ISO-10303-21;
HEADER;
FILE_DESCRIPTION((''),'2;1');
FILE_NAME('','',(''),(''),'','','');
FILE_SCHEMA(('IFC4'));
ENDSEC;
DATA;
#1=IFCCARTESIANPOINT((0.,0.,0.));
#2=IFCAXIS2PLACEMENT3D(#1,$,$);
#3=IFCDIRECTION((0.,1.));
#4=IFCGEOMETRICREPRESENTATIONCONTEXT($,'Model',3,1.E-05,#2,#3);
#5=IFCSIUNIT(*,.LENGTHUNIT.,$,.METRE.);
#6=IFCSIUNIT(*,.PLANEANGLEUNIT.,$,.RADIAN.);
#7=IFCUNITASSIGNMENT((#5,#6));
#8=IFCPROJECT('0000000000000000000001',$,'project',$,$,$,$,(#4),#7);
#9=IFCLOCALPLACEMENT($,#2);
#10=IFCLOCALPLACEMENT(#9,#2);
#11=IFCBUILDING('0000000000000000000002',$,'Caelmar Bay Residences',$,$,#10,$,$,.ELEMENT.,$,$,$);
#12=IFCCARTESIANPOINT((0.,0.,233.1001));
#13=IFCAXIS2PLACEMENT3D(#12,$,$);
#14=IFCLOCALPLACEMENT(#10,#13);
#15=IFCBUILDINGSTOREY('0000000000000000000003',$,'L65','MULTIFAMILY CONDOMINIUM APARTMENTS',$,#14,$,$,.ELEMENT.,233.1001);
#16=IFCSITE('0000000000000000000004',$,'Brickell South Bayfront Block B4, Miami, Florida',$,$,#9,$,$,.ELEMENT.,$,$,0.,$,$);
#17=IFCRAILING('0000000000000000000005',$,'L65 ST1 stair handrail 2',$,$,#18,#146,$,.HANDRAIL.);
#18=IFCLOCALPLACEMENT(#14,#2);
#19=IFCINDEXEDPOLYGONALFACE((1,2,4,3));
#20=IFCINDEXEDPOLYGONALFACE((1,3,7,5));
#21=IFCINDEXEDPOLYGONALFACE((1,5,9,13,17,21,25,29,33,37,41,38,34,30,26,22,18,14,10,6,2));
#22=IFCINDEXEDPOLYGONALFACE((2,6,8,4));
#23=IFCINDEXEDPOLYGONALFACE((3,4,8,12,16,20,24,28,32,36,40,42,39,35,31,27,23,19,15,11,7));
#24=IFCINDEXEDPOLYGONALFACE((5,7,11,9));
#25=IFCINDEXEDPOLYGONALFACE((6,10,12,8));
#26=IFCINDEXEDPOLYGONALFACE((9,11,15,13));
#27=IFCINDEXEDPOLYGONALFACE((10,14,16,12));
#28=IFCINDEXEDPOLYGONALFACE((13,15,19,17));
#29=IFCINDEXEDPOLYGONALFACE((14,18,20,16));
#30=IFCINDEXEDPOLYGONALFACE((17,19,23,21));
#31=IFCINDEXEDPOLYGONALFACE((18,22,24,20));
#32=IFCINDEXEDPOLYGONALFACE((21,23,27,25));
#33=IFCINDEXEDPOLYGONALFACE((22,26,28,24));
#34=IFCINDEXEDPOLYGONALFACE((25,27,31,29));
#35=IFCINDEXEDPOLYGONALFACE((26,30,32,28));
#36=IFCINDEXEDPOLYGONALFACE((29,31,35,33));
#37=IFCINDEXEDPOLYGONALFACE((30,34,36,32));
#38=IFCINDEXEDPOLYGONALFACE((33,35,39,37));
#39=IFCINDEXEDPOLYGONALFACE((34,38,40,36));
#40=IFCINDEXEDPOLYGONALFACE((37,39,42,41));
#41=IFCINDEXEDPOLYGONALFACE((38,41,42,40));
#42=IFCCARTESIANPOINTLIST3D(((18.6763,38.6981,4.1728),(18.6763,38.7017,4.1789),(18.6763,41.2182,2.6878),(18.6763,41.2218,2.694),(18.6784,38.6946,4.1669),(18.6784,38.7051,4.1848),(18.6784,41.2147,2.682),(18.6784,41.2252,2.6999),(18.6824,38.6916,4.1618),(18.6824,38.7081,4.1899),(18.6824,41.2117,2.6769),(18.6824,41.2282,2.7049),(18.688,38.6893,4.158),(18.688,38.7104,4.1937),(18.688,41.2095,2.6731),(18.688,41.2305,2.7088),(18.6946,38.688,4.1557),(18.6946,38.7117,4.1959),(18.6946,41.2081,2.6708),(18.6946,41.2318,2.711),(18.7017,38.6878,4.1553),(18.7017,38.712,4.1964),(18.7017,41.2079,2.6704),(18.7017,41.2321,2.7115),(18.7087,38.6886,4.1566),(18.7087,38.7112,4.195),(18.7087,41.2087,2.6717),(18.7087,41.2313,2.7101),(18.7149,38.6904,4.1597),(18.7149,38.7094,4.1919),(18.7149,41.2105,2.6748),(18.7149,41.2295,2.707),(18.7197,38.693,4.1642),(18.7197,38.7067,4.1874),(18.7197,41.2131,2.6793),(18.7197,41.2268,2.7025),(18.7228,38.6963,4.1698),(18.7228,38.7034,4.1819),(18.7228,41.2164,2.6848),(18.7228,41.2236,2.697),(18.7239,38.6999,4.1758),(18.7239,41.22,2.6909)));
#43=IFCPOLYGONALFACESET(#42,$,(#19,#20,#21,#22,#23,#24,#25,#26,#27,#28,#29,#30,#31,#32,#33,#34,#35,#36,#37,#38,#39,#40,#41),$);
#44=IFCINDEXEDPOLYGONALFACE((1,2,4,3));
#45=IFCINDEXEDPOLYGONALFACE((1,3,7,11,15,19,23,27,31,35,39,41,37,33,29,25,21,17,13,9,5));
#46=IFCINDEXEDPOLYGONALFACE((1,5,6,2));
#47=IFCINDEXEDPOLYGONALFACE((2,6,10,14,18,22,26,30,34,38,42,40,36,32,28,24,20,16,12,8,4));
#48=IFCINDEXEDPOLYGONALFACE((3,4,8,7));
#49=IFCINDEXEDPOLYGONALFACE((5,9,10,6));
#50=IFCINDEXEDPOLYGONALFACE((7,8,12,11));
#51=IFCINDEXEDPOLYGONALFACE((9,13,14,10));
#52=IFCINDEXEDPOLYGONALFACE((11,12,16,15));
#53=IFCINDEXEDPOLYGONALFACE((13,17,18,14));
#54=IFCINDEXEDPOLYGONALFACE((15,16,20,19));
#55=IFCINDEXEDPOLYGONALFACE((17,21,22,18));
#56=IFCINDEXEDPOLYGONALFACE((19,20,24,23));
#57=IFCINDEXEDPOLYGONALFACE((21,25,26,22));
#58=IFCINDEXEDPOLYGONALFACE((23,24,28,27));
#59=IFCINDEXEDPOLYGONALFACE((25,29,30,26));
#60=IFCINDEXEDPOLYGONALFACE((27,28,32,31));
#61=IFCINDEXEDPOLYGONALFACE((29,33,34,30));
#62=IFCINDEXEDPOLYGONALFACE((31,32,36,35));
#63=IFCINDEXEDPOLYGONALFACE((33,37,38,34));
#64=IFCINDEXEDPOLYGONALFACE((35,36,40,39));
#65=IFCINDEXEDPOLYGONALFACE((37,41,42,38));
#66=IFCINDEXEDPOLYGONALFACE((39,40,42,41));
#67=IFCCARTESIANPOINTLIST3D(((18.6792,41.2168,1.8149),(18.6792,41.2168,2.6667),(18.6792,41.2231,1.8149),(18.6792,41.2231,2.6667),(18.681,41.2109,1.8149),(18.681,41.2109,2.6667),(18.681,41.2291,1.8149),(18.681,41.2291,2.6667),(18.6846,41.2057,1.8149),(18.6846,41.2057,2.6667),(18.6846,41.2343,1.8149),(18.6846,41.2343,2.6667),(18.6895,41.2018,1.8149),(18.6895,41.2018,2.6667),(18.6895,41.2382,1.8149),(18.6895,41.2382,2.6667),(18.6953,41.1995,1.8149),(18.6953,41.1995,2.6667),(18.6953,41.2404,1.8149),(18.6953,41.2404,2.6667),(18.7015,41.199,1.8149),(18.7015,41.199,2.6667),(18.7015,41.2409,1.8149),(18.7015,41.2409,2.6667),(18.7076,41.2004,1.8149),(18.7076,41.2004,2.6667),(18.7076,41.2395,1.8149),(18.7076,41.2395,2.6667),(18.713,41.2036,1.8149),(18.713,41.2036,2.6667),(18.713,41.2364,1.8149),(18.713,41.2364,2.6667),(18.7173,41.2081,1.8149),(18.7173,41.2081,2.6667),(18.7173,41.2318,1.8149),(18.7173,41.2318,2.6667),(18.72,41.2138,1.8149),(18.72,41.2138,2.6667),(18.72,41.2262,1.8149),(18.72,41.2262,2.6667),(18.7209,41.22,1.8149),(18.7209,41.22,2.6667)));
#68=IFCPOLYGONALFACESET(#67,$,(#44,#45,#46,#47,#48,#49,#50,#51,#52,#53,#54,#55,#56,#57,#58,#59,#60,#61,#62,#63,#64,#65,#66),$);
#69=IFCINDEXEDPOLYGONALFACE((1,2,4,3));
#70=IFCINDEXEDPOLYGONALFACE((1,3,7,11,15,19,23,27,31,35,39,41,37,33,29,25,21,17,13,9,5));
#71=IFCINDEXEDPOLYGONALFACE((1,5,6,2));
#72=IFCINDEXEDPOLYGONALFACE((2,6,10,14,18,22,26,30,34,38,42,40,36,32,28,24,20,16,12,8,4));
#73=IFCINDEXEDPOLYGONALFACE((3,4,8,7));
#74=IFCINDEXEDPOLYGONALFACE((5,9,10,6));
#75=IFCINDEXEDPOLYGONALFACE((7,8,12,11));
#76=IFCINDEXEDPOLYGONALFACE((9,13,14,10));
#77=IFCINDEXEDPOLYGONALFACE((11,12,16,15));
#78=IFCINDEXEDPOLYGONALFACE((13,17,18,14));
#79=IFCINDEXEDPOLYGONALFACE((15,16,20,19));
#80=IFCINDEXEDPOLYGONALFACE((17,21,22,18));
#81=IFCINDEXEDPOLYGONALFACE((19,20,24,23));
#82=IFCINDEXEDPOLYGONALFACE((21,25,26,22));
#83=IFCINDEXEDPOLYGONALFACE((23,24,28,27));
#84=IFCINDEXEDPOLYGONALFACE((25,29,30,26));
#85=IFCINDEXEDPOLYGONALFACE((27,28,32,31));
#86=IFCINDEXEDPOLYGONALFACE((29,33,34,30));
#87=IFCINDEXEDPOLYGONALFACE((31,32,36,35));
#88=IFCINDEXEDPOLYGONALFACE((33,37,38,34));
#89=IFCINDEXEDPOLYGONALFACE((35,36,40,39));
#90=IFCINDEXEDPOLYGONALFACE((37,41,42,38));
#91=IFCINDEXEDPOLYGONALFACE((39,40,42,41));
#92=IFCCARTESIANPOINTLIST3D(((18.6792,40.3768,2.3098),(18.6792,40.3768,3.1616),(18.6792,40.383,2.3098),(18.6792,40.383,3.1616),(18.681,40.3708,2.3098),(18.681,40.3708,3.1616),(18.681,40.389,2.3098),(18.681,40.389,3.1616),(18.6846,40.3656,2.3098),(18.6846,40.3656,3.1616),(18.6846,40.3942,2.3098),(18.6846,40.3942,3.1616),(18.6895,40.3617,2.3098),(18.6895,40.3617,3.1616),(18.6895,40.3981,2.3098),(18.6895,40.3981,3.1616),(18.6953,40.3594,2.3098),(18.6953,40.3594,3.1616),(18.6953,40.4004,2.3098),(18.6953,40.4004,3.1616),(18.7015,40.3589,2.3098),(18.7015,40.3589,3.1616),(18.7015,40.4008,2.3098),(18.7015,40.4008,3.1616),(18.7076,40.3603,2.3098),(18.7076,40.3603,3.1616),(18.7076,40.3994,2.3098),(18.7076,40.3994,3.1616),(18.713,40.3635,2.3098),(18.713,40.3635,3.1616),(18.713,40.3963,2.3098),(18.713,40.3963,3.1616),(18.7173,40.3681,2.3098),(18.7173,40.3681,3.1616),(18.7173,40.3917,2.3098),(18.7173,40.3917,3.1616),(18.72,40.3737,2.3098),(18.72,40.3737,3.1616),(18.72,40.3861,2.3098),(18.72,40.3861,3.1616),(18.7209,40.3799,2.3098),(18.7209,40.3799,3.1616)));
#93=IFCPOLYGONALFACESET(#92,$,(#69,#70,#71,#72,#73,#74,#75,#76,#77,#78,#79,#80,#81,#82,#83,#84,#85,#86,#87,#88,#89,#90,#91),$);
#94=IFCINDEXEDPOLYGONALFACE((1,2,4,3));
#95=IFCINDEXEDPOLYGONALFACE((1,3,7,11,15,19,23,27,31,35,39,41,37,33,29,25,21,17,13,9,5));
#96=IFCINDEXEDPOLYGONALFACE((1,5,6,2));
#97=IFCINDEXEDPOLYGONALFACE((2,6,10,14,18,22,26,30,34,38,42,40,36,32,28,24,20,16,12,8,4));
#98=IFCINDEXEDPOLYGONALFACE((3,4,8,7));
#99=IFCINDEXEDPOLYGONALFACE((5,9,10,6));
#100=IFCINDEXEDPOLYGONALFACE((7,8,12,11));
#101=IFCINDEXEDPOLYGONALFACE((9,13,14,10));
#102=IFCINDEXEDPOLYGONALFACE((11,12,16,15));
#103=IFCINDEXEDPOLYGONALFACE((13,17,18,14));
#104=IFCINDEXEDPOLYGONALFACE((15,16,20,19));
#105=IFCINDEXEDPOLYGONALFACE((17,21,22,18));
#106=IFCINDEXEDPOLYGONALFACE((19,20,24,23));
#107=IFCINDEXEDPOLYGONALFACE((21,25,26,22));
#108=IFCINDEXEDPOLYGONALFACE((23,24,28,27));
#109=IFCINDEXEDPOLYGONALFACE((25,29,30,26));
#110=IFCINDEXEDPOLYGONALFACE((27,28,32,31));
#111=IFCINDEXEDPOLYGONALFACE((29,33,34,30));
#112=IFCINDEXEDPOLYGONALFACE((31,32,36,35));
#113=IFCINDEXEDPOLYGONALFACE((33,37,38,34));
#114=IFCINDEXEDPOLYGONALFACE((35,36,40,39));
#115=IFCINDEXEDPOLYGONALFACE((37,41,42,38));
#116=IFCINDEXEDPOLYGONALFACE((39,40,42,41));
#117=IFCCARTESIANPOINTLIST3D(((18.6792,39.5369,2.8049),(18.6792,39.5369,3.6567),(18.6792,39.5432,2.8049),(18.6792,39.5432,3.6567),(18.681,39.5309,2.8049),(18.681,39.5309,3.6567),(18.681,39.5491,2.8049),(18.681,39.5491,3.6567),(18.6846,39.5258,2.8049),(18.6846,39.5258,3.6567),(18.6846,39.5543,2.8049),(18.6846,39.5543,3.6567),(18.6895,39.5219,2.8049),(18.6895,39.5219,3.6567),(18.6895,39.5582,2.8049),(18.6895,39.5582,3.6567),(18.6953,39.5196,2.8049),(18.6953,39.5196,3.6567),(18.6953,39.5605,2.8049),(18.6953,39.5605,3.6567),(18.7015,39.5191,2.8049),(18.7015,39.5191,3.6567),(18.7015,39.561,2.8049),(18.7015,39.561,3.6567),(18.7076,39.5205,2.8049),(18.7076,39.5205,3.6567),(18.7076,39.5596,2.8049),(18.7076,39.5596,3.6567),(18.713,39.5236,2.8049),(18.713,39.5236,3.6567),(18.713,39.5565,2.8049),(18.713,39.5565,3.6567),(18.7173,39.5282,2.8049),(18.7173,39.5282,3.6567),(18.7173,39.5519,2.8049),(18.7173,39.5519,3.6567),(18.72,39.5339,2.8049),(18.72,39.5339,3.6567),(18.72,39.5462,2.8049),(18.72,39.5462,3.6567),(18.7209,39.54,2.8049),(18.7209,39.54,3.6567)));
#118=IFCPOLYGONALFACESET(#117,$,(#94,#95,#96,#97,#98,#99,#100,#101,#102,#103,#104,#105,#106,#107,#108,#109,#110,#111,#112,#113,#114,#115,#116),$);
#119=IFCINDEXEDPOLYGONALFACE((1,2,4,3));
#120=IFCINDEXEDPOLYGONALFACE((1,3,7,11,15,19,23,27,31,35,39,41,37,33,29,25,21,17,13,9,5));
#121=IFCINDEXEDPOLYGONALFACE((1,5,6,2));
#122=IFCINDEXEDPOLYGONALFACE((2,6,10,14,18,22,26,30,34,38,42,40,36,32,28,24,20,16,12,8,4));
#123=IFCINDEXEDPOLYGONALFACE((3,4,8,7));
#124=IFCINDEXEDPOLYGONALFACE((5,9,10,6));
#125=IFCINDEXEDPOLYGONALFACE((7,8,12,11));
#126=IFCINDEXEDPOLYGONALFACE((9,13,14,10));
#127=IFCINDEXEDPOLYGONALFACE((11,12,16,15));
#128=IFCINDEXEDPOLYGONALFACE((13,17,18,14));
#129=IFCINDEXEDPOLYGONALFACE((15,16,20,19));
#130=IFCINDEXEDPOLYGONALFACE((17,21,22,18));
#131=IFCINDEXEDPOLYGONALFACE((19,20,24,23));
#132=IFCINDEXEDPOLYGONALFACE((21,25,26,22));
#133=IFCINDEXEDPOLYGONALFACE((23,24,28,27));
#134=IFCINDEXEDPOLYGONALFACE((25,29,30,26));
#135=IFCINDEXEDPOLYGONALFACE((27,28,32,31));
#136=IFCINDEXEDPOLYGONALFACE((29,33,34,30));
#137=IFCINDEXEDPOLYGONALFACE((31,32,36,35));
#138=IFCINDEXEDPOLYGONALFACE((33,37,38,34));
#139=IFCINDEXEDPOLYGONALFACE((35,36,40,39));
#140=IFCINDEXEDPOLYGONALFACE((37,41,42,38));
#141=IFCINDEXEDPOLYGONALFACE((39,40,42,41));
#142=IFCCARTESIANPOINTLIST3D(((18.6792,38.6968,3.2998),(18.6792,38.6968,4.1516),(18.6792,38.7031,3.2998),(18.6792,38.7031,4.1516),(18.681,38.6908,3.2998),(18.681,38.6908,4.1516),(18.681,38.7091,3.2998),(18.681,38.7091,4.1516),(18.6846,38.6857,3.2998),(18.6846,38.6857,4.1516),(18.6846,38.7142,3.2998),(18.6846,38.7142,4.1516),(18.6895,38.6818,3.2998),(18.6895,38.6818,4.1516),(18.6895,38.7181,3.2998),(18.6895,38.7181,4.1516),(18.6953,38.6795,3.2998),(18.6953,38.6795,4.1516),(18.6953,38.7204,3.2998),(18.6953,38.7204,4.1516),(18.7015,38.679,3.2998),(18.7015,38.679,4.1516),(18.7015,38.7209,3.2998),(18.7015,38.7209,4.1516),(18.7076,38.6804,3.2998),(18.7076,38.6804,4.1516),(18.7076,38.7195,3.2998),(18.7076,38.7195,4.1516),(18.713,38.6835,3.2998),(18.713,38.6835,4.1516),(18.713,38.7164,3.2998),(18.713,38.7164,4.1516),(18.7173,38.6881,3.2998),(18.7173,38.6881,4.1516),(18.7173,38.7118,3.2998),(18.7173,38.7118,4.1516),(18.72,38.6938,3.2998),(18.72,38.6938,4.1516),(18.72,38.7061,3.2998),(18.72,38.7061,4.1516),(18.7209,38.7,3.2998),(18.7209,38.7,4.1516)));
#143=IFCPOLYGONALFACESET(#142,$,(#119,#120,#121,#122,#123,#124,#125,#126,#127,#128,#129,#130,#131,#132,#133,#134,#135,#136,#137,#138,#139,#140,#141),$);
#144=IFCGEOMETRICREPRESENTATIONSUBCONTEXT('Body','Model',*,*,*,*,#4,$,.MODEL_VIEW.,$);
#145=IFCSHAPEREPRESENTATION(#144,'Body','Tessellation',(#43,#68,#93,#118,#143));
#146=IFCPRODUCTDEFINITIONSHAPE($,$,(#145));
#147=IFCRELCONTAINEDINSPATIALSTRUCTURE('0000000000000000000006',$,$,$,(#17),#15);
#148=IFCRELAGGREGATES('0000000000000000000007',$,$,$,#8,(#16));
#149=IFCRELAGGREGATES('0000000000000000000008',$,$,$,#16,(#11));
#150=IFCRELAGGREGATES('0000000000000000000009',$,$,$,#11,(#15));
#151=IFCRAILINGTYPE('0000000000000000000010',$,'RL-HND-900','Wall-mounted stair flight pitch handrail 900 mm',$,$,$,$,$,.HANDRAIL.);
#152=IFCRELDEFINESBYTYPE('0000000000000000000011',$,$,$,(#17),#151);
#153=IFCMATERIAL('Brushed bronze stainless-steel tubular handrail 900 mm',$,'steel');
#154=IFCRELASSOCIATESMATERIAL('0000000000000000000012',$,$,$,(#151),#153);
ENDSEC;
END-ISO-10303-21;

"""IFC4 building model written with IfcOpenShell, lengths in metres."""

from ifc_helpers import new_model, si_unit, direction, frame, origin, origin_2d, place, context, subcontext, project, spatial, circle, extrude, material, type_object, element, save


model = new_model("IFC4")

# Units and contexts
model_context = context("Model", 3, precision=1e-05, world=origin(), true_north=direction((0.0, 1.0)))
body_context = subcontext(model_context, "Body", "Model", "MODEL_VIEW")
ifc_project = project(units=[si_unit("LENGTHUNIT", "METRE"), si_unit("PLANEANGLEUNIT", "RADIAN")], contexts=[model_context])

# Site, building, storey
site_placement = place(None, origin())
site = spatial("IfcSite", under=ifc_project, at=site_placement, Name="Brickell South Bayfront Block B4, Miami, Florida", CompositionType="ELEMENT", RefElevation=0.0)
building_placement = place(site_placement, origin())
building = spatial("IfcBuilding", under=site, at=building_placement, Name="Caelmar Bay Residences", CompositionType="ELEMENT")
storey_placement = place(building_placement, frame((0.0, 0.0, 233.1001)))
storey = spatial("IfcBuildingStorey", under=building, at=storey_placement, Name="L65", Description="MULTIFAMILY CONDOMINIUM APARTMENTS", CompositionType="ELEMENT", Elevation=233.1001)

# Railing
ifc_material_1 = material(Name="Brushed bronze stainless-steel tubular handrail 900 mm", Category="steel")
railing_type_1 = type_object("IfcRailingType", Name="RL-HND-900", Description="Wall-mounted stair flight pitch handrail 900 mm", PredefinedType="HANDRAIL", material=ifc_material_1)
railing_1_placement = place(storey_placement, frame((18.7, 41.22, 1.8149)))
element("IfcRailing", 1, at=railing_1_placement, inside=storey, type_object=railing_type_1, Name="L65 ST1 stair handrail 2", PredefinedType="HANDRAIL", context=body_context, shape_type="SweptSolid", body=[
    extrude(circle(Radius=0.0239, at=origin_2d()), frame((0.0, 0.0, 0.876), z_axis=(0.0, -0.861561, 0.507655), x_axis=(1.0, 0.0, 0.0)), (0.0, 0.0, 1.0), 2.925),
    extrude(circle(Radius=0.021, at=origin_2d()), origin(), (0.0, 0.0, 1.0), 0.8518),
    extrude(circle(Radius=0.021, at=origin_2d()), frame((0.0, -0.8401, 0.4949)), (0.0, 0.0, 1.0), 0.8518),
    extrude(circle(Radius=0.021, at=origin_2d()), frame((0.0, -1.6799, 0.99)), (0.0, 0.0, 1.0), 0.8518),
    extrude(circle(Radius=0.021, at=origin_2d()), frame((0.0, -2.52, 1.4849)), (0.0, 0.0, 1.0), 0.8518),
])

save(model, "model.ifc")
